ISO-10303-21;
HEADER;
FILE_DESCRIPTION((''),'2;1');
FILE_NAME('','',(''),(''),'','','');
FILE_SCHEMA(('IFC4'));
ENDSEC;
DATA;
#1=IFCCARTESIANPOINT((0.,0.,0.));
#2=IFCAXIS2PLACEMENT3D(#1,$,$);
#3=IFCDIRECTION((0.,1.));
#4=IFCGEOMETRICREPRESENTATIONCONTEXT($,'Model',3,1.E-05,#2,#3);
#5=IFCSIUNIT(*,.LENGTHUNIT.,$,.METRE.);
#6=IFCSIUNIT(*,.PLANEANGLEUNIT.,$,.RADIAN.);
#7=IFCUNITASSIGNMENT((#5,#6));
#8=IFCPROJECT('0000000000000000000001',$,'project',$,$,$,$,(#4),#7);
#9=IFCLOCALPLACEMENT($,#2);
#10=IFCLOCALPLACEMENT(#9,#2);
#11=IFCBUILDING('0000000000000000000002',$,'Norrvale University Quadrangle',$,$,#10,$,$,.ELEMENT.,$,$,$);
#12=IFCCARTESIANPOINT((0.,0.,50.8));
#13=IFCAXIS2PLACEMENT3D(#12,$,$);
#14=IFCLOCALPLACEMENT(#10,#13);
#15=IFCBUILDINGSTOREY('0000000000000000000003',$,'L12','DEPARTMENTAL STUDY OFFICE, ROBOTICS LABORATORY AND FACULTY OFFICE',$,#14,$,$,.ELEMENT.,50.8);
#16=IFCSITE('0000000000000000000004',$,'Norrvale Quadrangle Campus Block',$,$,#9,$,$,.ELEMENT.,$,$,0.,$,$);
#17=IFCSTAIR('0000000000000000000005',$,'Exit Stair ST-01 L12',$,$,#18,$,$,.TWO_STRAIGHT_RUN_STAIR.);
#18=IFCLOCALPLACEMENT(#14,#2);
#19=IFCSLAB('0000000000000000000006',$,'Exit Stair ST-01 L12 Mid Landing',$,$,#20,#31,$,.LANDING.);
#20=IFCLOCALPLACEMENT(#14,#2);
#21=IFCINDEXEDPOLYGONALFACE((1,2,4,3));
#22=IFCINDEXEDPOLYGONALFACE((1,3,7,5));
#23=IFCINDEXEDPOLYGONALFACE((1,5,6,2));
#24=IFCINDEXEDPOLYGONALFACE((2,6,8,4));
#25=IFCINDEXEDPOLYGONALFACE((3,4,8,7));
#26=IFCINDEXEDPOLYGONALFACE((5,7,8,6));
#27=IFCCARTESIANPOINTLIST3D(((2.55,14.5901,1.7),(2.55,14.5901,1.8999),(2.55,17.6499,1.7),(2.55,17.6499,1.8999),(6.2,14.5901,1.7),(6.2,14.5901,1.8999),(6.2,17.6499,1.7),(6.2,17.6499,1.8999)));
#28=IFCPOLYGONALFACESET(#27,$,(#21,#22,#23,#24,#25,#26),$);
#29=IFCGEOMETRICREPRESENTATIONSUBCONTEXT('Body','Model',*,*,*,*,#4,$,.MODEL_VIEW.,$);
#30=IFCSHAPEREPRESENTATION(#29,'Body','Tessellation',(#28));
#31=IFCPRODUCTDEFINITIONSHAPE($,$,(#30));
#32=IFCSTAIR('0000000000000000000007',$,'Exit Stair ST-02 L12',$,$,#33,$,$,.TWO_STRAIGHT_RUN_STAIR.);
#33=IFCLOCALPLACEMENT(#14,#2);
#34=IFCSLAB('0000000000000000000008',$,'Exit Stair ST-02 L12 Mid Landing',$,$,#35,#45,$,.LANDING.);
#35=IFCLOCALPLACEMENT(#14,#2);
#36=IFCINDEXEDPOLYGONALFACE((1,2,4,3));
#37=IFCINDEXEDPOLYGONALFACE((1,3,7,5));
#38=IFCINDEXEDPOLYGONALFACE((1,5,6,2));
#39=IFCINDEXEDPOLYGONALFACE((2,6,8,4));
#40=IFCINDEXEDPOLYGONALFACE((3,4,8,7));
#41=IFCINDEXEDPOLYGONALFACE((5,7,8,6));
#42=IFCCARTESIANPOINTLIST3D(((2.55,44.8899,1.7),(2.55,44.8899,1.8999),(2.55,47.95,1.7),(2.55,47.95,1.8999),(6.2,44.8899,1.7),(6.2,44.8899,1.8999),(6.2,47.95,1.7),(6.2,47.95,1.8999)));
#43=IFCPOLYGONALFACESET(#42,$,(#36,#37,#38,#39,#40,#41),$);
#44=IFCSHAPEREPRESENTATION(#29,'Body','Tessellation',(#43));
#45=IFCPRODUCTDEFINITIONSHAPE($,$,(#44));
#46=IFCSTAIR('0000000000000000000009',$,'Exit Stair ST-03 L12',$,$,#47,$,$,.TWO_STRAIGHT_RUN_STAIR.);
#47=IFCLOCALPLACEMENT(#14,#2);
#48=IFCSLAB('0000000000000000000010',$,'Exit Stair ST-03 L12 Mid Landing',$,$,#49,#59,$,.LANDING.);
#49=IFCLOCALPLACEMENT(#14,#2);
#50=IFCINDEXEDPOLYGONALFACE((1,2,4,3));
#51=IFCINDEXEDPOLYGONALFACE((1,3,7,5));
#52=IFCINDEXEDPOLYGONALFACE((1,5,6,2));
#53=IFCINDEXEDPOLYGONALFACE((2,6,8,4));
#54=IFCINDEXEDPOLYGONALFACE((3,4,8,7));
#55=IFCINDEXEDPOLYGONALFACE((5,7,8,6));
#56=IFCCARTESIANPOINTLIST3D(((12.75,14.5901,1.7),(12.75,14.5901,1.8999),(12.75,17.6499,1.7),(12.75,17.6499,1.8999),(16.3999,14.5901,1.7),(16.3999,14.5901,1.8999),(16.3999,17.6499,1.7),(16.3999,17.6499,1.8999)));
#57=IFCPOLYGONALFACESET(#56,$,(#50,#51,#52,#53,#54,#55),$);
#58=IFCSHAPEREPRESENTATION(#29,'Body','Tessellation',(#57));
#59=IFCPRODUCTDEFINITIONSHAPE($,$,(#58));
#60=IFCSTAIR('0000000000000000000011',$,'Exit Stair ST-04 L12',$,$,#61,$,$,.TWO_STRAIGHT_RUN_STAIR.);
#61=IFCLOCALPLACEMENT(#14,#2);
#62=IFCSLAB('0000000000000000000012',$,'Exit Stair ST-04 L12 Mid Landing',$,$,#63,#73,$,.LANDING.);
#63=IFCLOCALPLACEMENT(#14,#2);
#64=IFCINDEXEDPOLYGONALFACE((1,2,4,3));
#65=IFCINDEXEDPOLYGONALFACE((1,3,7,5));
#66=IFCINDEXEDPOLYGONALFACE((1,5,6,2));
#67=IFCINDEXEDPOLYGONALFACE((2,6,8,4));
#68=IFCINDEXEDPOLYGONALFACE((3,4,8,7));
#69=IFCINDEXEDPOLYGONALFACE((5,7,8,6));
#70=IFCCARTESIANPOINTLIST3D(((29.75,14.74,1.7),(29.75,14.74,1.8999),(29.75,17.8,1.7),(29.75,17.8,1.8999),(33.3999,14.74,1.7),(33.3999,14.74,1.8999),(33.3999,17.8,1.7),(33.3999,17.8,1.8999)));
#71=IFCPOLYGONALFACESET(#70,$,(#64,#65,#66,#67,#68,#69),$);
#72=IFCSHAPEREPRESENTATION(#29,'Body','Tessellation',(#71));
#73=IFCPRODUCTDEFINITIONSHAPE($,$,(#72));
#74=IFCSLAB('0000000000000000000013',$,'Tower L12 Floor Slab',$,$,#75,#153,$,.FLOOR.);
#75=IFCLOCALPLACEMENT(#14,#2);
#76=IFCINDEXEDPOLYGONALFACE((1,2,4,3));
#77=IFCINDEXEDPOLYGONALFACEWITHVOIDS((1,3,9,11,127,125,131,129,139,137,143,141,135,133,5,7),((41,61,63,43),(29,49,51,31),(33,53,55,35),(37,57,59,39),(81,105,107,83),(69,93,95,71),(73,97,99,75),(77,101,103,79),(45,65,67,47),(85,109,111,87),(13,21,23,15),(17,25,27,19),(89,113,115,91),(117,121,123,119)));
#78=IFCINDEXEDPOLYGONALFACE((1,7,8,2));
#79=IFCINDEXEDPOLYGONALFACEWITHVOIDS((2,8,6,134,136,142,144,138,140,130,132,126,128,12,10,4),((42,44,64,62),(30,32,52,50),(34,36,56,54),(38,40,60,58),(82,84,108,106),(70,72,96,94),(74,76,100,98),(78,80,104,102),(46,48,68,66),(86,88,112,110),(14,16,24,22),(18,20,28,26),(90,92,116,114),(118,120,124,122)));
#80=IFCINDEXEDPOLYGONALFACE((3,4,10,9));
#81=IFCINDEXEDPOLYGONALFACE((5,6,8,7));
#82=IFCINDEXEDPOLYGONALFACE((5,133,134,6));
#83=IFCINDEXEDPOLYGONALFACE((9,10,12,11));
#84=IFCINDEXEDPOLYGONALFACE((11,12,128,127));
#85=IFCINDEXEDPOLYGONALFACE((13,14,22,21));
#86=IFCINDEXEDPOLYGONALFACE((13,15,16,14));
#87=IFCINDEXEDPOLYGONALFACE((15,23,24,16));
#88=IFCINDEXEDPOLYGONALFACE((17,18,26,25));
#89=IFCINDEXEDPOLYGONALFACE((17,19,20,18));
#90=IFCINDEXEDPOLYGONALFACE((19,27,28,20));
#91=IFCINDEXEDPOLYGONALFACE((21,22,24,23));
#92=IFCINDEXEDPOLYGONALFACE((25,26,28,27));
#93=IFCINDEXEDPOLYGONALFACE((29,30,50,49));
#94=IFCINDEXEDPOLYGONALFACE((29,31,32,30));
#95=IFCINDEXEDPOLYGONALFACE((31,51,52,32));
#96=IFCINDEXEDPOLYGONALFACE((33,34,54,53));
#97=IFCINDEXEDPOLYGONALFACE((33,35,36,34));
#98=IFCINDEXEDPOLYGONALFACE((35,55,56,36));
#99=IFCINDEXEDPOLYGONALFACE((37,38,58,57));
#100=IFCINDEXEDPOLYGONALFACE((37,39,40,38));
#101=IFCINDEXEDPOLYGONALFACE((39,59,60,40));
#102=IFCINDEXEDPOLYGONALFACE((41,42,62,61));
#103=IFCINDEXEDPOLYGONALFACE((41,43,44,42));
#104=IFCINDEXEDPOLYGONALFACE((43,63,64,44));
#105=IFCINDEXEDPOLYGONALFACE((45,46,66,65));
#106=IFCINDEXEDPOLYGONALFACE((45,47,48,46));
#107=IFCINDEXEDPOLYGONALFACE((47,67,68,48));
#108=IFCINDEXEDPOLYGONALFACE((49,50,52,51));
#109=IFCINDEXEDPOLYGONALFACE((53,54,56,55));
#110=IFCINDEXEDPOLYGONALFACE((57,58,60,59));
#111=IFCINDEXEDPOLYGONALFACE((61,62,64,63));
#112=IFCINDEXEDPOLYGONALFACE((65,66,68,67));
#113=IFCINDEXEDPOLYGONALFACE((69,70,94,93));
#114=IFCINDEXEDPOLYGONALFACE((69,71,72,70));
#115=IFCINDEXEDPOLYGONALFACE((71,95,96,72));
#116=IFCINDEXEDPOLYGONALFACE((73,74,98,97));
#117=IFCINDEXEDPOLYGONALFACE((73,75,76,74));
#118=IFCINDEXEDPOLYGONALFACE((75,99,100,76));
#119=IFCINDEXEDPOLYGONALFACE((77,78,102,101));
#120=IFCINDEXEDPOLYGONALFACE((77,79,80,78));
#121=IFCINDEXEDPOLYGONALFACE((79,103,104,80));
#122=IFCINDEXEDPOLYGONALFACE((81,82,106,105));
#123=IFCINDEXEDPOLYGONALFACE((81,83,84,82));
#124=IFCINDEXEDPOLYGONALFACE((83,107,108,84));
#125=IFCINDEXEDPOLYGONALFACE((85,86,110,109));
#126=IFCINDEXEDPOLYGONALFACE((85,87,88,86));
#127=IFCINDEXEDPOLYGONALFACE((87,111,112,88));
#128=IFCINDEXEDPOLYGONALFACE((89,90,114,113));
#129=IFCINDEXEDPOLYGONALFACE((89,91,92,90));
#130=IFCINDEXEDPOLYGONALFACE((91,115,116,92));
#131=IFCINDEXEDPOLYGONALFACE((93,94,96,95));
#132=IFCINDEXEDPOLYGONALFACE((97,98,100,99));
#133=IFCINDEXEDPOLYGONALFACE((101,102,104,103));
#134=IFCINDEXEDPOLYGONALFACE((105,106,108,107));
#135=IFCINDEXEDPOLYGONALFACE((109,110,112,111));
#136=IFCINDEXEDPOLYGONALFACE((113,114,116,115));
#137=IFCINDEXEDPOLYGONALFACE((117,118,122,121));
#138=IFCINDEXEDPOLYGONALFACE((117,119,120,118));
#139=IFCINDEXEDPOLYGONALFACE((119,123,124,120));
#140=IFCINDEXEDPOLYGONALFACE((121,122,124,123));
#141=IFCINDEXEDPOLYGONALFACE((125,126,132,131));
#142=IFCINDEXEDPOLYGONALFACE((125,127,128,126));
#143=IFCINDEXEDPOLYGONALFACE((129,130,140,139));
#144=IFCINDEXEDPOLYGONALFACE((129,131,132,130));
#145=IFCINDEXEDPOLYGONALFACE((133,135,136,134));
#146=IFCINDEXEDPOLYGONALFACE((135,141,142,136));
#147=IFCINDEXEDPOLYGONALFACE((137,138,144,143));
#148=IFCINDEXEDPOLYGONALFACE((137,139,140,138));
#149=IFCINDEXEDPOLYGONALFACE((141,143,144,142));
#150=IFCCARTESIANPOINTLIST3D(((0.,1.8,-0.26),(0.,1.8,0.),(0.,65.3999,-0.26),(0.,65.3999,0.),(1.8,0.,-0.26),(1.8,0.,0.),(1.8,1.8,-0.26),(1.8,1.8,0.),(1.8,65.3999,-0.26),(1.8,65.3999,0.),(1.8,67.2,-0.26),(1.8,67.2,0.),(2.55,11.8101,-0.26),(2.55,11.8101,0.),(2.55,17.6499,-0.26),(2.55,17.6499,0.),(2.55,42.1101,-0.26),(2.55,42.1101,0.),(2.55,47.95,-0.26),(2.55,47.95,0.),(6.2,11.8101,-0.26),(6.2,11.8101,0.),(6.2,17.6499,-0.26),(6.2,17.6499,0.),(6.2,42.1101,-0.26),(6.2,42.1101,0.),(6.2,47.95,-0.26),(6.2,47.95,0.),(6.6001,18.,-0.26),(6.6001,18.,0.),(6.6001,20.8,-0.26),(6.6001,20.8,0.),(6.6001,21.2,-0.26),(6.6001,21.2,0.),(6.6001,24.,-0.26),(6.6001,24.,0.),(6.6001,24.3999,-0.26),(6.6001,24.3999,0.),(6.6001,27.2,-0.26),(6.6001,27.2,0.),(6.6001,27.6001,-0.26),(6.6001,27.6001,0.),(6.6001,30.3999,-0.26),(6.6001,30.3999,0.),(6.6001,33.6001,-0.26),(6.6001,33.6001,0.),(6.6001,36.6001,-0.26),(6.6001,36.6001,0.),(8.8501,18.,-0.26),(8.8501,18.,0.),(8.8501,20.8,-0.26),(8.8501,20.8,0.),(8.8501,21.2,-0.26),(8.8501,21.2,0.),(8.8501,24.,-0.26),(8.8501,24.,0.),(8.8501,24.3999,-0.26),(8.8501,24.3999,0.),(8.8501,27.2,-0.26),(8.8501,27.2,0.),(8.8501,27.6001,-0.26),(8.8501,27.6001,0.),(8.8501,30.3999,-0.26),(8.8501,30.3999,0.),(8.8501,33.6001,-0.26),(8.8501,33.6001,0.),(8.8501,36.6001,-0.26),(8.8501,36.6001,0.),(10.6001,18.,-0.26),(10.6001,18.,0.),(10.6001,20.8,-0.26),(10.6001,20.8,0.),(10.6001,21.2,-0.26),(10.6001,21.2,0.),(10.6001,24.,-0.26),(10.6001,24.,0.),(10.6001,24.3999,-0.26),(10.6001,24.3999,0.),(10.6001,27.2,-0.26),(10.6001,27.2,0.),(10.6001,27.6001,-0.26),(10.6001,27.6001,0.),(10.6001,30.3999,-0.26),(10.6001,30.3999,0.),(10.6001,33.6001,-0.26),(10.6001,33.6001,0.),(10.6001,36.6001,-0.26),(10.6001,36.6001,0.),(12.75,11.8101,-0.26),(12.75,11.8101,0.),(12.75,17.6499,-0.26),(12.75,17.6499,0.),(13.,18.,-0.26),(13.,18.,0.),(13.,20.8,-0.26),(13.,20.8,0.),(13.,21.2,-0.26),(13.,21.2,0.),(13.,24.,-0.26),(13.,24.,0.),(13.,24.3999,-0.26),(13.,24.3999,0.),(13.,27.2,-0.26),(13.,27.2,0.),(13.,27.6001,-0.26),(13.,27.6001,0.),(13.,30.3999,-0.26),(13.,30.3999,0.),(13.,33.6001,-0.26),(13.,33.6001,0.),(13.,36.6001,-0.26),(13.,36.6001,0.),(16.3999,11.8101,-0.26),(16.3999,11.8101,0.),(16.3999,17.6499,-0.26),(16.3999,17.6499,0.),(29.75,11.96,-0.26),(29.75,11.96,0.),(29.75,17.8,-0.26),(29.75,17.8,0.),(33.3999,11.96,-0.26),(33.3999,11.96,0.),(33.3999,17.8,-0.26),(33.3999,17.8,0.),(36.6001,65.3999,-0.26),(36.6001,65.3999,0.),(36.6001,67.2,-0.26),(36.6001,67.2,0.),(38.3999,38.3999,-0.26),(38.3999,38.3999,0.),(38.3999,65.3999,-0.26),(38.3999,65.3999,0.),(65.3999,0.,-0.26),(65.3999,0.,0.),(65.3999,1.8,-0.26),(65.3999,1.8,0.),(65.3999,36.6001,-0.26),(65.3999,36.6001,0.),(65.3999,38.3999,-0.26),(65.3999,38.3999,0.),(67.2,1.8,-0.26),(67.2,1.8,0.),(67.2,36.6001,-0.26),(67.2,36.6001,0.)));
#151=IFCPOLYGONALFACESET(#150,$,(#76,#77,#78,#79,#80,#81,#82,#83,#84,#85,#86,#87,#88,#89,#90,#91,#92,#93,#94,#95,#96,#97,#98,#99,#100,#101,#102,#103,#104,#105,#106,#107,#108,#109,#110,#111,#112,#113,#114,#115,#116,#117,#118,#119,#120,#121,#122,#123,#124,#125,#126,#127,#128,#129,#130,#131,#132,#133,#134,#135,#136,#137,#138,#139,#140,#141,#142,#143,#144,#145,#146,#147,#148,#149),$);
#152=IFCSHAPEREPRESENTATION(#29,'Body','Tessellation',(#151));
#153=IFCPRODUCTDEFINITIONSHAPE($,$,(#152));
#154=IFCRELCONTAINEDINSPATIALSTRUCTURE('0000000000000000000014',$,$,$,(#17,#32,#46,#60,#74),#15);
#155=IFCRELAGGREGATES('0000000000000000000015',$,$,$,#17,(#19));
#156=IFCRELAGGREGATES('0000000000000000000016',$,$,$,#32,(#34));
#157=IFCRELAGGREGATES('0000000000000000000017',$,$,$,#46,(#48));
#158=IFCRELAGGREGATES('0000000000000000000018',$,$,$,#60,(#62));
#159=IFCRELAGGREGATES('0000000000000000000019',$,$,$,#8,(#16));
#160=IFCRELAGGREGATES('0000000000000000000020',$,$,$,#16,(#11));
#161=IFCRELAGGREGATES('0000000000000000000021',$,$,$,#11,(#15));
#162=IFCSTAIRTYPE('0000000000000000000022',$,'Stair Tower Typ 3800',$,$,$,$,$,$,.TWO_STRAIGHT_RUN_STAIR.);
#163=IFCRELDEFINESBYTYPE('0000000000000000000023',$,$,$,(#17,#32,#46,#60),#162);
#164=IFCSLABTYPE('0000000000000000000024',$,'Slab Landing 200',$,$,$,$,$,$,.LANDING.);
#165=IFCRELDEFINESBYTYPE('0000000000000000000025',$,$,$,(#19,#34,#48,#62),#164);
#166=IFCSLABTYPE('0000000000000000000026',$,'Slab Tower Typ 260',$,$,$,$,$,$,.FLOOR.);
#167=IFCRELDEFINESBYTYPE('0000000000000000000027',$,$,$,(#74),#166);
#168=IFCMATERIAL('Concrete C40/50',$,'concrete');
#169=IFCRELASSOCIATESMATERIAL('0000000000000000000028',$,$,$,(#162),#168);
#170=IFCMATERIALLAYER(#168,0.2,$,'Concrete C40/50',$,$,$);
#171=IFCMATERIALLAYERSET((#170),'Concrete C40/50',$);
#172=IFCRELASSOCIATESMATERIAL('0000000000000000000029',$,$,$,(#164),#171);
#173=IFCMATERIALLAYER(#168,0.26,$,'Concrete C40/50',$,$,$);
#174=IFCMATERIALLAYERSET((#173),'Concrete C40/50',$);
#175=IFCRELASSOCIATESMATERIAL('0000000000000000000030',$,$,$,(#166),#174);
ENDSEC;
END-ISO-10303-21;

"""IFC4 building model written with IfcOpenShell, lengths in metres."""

from ifc_helpers import new_model, si_unit, direction, frame, origin, place, context, subcontext, project, spatial, polyline, outline, extrude, material, layer, layer_set, type_object, element, aggregate, save


model = new_model("IFC4")

# Units and contexts
model_context = context("Model", 3, precision=1e-05, world=origin(), true_north=direction((0.0, 1.0)))
body_context = subcontext(model_context, "Body", "Model", "MODEL_VIEW")
ifc_project = project(units=[si_unit("LENGTHUNIT", "METRE"), si_unit("PLANEANGLEUNIT", "RADIAN")], contexts=[model_context])

# Site, building, storey
site_placement = place(None, origin())
site = spatial("IfcSite", under=ifc_project, at=site_placement, Name="Norrvale Quadrangle Campus Block", CompositionType="ELEMENT", RefElevation=0.0)
building_placement = place(site_placement, origin())
building = spatial("IfcBuilding", under=site, at=building_placement, Name="Norrvale University Quadrangle", CompositionType="ELEMENT")
storey_placement = place(building_placement, frame((0.0, 0.0, 50.8)))
storey = spatial("IfcBuildingStorey", under=building, at=storey_placement, Name="L12", Description="DEPARTMENTAL STUDY OFFICE, ROBOTICS LABORATORY AND FACULTY OFFICE", CompositionType="ELEMENT", Elevation=50.8)

# Stairs, slabs
ifc_material_1 = material(Name="Concrete C40/50", Category="concrete")
stair_type = type_object("IfcStairType", Name="Stair Tower Typ 3800", PredefinedType="TWO_STRAIGHT_RUN_STAIR", material=ifc_material_1)
stair_1_placement = place(storey_placement, origin())
stair_1 = element("IfcStair", 1, at=stair_1_placement, inside=storey, type_object=stair_type, Name="Exit Stair ST-01 L12", PredefinedType="TWO_STRAIGHT_RUN_STAIR")
ifc_layer_1 = layer(ifc_material_1, 0.2, Name="Concrete C40/50")
ifc_layer_set_1 = layer_set([ifc_layer_1], Name="Concrete C40/50")
slab_type_1 = type_object("IfcSlabType", Name="Slab Landing 200", PredefinedType="LANDING", material=ifc_layer_set_1)
slab_1_placement = place(storey_placement, frame((0.0, 0.0, 1.7)))
slab_1 = element("IfcSlab", 2, at=slab_1_placement, type_object=slab_type_1, Name="Exit Stair ST-01 L12 Mid Landing", PredefinedType="LANDING", context=body_context, shape_type="SweptSolid", body=[
    extrude(outline(polyline([(2.55, 14.5901), (6.2, 14.5901), (6.2, 17.6499), (2.55, 17.6499), (2.55, 14.5901)])), origin(), (0.0, 0.0, 1.0), 0.2),
])
aggregate(stair_1, [slab_1])
stair_2_placement = place(storey_placement, origin())
stair_2 = element("IfcStair", 3, at=stair_2_placement, inside=storey, type_object=stair_type, Name="Exit Stair ST-02 L12", PredefinedType="TWO_STRAIGHT_RUN_STAIR")
slab_2_placement = place(storey_placement, frame((0.0, 0.0, 1.7)))
slab_2 = element("IfcSlab", 4, at=slab_2_placement, type_object=slab_type_1, Name="Exit Stair ST-02 L12 Mid Landing", PredefinedType="LANDING", context=body_context, shape_type="SweptSolid", body=[
    extrude(outline(polyline([(2.55, 44.8899), (6.2, 44.8899), (6.2, 47.95), (2.55, 47.95), (2.55, 44.8899)])), origin(), (0.0, 0.0, 1.0), 0.2),
])
aggregate(stair_2, [slab_2])
stair_3_placement = place(storey_placement, origin())
stair_3 = element("IfcStair", 5, at=stair_3_placement, inside=storey, type_object=stair_type, Name="Exit Stair ST-03 L12", PredefinedType="TWO_STRAIGHT_RUN_STAIR")
slab_3_placement = place(storey_placement, frame((0.0, 0.0, 1.7)))
slab_3 = element("IfcSlab", 6, at=slab_3_placement, type_object=slab_type_1, Name="Exit Stair ST-03 L12 Mid Landing", PredefinedType="LANDING", context=body_context, shape_type="SweptSolid", body=[
    extrude(outline(polyline([(12.75, 14.5901), (16.3999, 14.5901), (16.3999, 17.6499), (12.75, 17.6499), (12.75, 14.5901)])), origin(), (0.0, 0.0, 1.0), 0.2),
])
aggregate(stair_3, [slab_3])
stair_4_placement = place(storey_placement, origin())
stair_4 = element("IfcStair", 7, at=stair_4_placement, inside=storey, type_object=stair_type, Name="Exit Stair ST-04 L12", PredefinedType="TWO_STRAIGHT_RUN_STAIR")
slab_4_placement = place(storey_placement, frame((0.0, 0.0, 1.7)))
slab_4 = element("IfcSlab", 8, at=slab_4_placement, type_object=slab_type_1, Name="Exit Stair ST-04 L12 Mid Landing", PredefinedType="LANDING", context=body_context, shape_type="SweptSolid", body=[
    extrude(outline(polyline([(29.75, 14.74), (33.3999, 14.74), (33.3999, 17.8), (29.75, 17.8), (29.75, 14.74)])), origin(), (0.0, 0.0, 1.0), 0.2),
])
aggregate(stair_4, [slab_4])

# Slab
ifc_layer_2 = layer(ifc_material_1, 0.26, Name="Concrete C40/50")
ifc_layer_set_2 = layer_set([ifc_layer_2], Name="Concrete C40/50")
slab_type_2 = type_object("IfcSlabType", Name="Slab Tower Typ 260", PredefinedType="FLOOR", material=ifc_layer_set_2)
slab_5_placement = place(storey_placement, frame((0.0, 0.0, -0.26)))
element("IfcSlab", 9, at=slab_5_placement, inside=storey, type_object=slab_type_2, Name="Tower L12 Floor Slab", PredefinedType="FLOOR", context=body_context, shape_type="SweptSolid", body=[
    extrude(outline(polyline([(1.8, 0.0), (65.3999, 0.0), (65.3999, 1.8), (67.2, 1.8), (67.2, 36.6001), (65.3999, 36.6001), (65.3999, 38.3999), (38.3999, 38.3999), (38.3999, 65.3999), (36.6001, 65.3999), (36.6001, 67.2), (1.8, 67.2), (1.8, 65.3999), (0.0, 65.3999), (0.0, 1.8), (1.8, 1.8), (1.8, 0.0)]), holes=[polyline([(2.55, 11.8101), (6.2, 11.8101), (6.2, 17.6499), (2.55, 17.6499), (2.55, 11.8101)]), polyline([(2.55, 42.1101), (6.2, 42.1101), (6.2, 47.95), (2.55, 47.95), (2.55, 42.1101)]), polyline([(12.75, 11.8101), (16.3999, 11.8101), (16.3999, 17.6499), (12.75, 17.6499), (12.75, 11.8101)]), polyline([(29.75, 11.96), (33.3999, 11.96), (33.3999, 17.8), (29.75, 17.8), (29.75, 11.96)]), polyline([(6.6001, 18.0), (8.8501, 18.0), (8.8501, 20.8), (6.6001, 20.8), (6.6001, 18.0)]), polyline([(6.6001, 21.2), (8.8501, 21.2), (8.8501, 24.0), (6.6001, 24.0), (6.6001, 21.2)]), polyline([(6.6001, 24.3999), (8.8501, 24.3999), (8.8501, 27.2), (6.6001, 27.2), (6.6001, 24.3999)]), polyline([(6.6001, 27.6001), (8.8501, 27.6001), (8.8501, 30.3999), (6.6001, 30.3999), (6.6001, 27.6001)]), polyline([(10.6001, 18.0), (13.0, 18.0), (13.0, 20.8), (10.6001, 20.8), (10.6001, 18.0)]), polyline([(10.6001, 21.2), (13.0, 21.2), (13.0, 24.0), (10.6001, 24.0), (10.6001, 21.2)]), polyline([(10.6001, 24.3999), (13.0, 24.3999), (13.0, 27.2), (10.6001, 27.2), (10.6001, 24.3999)]), polyline([(10.6001, 27.6001), (13.0, 27.6001), (13.0, 30.3999), (10.6001, 30.3999), (10.6001, 27.6001)]), polyline([(6.6001, 33.6001), (8.8501, 33.6001), (8.8501, 36.6001), (6.6001, 36.6001), (6.6001, 33.6001)]), polyline([(10.6001, 33.6001), (13.0, 33.6001), (13.0, 36.6001), (10.6001, 36.6001), (10.6001, 33.6001)])]), origin(), (0.0, 0.0, 1.0), 0.26),
])

save(model, "model.ifc")
